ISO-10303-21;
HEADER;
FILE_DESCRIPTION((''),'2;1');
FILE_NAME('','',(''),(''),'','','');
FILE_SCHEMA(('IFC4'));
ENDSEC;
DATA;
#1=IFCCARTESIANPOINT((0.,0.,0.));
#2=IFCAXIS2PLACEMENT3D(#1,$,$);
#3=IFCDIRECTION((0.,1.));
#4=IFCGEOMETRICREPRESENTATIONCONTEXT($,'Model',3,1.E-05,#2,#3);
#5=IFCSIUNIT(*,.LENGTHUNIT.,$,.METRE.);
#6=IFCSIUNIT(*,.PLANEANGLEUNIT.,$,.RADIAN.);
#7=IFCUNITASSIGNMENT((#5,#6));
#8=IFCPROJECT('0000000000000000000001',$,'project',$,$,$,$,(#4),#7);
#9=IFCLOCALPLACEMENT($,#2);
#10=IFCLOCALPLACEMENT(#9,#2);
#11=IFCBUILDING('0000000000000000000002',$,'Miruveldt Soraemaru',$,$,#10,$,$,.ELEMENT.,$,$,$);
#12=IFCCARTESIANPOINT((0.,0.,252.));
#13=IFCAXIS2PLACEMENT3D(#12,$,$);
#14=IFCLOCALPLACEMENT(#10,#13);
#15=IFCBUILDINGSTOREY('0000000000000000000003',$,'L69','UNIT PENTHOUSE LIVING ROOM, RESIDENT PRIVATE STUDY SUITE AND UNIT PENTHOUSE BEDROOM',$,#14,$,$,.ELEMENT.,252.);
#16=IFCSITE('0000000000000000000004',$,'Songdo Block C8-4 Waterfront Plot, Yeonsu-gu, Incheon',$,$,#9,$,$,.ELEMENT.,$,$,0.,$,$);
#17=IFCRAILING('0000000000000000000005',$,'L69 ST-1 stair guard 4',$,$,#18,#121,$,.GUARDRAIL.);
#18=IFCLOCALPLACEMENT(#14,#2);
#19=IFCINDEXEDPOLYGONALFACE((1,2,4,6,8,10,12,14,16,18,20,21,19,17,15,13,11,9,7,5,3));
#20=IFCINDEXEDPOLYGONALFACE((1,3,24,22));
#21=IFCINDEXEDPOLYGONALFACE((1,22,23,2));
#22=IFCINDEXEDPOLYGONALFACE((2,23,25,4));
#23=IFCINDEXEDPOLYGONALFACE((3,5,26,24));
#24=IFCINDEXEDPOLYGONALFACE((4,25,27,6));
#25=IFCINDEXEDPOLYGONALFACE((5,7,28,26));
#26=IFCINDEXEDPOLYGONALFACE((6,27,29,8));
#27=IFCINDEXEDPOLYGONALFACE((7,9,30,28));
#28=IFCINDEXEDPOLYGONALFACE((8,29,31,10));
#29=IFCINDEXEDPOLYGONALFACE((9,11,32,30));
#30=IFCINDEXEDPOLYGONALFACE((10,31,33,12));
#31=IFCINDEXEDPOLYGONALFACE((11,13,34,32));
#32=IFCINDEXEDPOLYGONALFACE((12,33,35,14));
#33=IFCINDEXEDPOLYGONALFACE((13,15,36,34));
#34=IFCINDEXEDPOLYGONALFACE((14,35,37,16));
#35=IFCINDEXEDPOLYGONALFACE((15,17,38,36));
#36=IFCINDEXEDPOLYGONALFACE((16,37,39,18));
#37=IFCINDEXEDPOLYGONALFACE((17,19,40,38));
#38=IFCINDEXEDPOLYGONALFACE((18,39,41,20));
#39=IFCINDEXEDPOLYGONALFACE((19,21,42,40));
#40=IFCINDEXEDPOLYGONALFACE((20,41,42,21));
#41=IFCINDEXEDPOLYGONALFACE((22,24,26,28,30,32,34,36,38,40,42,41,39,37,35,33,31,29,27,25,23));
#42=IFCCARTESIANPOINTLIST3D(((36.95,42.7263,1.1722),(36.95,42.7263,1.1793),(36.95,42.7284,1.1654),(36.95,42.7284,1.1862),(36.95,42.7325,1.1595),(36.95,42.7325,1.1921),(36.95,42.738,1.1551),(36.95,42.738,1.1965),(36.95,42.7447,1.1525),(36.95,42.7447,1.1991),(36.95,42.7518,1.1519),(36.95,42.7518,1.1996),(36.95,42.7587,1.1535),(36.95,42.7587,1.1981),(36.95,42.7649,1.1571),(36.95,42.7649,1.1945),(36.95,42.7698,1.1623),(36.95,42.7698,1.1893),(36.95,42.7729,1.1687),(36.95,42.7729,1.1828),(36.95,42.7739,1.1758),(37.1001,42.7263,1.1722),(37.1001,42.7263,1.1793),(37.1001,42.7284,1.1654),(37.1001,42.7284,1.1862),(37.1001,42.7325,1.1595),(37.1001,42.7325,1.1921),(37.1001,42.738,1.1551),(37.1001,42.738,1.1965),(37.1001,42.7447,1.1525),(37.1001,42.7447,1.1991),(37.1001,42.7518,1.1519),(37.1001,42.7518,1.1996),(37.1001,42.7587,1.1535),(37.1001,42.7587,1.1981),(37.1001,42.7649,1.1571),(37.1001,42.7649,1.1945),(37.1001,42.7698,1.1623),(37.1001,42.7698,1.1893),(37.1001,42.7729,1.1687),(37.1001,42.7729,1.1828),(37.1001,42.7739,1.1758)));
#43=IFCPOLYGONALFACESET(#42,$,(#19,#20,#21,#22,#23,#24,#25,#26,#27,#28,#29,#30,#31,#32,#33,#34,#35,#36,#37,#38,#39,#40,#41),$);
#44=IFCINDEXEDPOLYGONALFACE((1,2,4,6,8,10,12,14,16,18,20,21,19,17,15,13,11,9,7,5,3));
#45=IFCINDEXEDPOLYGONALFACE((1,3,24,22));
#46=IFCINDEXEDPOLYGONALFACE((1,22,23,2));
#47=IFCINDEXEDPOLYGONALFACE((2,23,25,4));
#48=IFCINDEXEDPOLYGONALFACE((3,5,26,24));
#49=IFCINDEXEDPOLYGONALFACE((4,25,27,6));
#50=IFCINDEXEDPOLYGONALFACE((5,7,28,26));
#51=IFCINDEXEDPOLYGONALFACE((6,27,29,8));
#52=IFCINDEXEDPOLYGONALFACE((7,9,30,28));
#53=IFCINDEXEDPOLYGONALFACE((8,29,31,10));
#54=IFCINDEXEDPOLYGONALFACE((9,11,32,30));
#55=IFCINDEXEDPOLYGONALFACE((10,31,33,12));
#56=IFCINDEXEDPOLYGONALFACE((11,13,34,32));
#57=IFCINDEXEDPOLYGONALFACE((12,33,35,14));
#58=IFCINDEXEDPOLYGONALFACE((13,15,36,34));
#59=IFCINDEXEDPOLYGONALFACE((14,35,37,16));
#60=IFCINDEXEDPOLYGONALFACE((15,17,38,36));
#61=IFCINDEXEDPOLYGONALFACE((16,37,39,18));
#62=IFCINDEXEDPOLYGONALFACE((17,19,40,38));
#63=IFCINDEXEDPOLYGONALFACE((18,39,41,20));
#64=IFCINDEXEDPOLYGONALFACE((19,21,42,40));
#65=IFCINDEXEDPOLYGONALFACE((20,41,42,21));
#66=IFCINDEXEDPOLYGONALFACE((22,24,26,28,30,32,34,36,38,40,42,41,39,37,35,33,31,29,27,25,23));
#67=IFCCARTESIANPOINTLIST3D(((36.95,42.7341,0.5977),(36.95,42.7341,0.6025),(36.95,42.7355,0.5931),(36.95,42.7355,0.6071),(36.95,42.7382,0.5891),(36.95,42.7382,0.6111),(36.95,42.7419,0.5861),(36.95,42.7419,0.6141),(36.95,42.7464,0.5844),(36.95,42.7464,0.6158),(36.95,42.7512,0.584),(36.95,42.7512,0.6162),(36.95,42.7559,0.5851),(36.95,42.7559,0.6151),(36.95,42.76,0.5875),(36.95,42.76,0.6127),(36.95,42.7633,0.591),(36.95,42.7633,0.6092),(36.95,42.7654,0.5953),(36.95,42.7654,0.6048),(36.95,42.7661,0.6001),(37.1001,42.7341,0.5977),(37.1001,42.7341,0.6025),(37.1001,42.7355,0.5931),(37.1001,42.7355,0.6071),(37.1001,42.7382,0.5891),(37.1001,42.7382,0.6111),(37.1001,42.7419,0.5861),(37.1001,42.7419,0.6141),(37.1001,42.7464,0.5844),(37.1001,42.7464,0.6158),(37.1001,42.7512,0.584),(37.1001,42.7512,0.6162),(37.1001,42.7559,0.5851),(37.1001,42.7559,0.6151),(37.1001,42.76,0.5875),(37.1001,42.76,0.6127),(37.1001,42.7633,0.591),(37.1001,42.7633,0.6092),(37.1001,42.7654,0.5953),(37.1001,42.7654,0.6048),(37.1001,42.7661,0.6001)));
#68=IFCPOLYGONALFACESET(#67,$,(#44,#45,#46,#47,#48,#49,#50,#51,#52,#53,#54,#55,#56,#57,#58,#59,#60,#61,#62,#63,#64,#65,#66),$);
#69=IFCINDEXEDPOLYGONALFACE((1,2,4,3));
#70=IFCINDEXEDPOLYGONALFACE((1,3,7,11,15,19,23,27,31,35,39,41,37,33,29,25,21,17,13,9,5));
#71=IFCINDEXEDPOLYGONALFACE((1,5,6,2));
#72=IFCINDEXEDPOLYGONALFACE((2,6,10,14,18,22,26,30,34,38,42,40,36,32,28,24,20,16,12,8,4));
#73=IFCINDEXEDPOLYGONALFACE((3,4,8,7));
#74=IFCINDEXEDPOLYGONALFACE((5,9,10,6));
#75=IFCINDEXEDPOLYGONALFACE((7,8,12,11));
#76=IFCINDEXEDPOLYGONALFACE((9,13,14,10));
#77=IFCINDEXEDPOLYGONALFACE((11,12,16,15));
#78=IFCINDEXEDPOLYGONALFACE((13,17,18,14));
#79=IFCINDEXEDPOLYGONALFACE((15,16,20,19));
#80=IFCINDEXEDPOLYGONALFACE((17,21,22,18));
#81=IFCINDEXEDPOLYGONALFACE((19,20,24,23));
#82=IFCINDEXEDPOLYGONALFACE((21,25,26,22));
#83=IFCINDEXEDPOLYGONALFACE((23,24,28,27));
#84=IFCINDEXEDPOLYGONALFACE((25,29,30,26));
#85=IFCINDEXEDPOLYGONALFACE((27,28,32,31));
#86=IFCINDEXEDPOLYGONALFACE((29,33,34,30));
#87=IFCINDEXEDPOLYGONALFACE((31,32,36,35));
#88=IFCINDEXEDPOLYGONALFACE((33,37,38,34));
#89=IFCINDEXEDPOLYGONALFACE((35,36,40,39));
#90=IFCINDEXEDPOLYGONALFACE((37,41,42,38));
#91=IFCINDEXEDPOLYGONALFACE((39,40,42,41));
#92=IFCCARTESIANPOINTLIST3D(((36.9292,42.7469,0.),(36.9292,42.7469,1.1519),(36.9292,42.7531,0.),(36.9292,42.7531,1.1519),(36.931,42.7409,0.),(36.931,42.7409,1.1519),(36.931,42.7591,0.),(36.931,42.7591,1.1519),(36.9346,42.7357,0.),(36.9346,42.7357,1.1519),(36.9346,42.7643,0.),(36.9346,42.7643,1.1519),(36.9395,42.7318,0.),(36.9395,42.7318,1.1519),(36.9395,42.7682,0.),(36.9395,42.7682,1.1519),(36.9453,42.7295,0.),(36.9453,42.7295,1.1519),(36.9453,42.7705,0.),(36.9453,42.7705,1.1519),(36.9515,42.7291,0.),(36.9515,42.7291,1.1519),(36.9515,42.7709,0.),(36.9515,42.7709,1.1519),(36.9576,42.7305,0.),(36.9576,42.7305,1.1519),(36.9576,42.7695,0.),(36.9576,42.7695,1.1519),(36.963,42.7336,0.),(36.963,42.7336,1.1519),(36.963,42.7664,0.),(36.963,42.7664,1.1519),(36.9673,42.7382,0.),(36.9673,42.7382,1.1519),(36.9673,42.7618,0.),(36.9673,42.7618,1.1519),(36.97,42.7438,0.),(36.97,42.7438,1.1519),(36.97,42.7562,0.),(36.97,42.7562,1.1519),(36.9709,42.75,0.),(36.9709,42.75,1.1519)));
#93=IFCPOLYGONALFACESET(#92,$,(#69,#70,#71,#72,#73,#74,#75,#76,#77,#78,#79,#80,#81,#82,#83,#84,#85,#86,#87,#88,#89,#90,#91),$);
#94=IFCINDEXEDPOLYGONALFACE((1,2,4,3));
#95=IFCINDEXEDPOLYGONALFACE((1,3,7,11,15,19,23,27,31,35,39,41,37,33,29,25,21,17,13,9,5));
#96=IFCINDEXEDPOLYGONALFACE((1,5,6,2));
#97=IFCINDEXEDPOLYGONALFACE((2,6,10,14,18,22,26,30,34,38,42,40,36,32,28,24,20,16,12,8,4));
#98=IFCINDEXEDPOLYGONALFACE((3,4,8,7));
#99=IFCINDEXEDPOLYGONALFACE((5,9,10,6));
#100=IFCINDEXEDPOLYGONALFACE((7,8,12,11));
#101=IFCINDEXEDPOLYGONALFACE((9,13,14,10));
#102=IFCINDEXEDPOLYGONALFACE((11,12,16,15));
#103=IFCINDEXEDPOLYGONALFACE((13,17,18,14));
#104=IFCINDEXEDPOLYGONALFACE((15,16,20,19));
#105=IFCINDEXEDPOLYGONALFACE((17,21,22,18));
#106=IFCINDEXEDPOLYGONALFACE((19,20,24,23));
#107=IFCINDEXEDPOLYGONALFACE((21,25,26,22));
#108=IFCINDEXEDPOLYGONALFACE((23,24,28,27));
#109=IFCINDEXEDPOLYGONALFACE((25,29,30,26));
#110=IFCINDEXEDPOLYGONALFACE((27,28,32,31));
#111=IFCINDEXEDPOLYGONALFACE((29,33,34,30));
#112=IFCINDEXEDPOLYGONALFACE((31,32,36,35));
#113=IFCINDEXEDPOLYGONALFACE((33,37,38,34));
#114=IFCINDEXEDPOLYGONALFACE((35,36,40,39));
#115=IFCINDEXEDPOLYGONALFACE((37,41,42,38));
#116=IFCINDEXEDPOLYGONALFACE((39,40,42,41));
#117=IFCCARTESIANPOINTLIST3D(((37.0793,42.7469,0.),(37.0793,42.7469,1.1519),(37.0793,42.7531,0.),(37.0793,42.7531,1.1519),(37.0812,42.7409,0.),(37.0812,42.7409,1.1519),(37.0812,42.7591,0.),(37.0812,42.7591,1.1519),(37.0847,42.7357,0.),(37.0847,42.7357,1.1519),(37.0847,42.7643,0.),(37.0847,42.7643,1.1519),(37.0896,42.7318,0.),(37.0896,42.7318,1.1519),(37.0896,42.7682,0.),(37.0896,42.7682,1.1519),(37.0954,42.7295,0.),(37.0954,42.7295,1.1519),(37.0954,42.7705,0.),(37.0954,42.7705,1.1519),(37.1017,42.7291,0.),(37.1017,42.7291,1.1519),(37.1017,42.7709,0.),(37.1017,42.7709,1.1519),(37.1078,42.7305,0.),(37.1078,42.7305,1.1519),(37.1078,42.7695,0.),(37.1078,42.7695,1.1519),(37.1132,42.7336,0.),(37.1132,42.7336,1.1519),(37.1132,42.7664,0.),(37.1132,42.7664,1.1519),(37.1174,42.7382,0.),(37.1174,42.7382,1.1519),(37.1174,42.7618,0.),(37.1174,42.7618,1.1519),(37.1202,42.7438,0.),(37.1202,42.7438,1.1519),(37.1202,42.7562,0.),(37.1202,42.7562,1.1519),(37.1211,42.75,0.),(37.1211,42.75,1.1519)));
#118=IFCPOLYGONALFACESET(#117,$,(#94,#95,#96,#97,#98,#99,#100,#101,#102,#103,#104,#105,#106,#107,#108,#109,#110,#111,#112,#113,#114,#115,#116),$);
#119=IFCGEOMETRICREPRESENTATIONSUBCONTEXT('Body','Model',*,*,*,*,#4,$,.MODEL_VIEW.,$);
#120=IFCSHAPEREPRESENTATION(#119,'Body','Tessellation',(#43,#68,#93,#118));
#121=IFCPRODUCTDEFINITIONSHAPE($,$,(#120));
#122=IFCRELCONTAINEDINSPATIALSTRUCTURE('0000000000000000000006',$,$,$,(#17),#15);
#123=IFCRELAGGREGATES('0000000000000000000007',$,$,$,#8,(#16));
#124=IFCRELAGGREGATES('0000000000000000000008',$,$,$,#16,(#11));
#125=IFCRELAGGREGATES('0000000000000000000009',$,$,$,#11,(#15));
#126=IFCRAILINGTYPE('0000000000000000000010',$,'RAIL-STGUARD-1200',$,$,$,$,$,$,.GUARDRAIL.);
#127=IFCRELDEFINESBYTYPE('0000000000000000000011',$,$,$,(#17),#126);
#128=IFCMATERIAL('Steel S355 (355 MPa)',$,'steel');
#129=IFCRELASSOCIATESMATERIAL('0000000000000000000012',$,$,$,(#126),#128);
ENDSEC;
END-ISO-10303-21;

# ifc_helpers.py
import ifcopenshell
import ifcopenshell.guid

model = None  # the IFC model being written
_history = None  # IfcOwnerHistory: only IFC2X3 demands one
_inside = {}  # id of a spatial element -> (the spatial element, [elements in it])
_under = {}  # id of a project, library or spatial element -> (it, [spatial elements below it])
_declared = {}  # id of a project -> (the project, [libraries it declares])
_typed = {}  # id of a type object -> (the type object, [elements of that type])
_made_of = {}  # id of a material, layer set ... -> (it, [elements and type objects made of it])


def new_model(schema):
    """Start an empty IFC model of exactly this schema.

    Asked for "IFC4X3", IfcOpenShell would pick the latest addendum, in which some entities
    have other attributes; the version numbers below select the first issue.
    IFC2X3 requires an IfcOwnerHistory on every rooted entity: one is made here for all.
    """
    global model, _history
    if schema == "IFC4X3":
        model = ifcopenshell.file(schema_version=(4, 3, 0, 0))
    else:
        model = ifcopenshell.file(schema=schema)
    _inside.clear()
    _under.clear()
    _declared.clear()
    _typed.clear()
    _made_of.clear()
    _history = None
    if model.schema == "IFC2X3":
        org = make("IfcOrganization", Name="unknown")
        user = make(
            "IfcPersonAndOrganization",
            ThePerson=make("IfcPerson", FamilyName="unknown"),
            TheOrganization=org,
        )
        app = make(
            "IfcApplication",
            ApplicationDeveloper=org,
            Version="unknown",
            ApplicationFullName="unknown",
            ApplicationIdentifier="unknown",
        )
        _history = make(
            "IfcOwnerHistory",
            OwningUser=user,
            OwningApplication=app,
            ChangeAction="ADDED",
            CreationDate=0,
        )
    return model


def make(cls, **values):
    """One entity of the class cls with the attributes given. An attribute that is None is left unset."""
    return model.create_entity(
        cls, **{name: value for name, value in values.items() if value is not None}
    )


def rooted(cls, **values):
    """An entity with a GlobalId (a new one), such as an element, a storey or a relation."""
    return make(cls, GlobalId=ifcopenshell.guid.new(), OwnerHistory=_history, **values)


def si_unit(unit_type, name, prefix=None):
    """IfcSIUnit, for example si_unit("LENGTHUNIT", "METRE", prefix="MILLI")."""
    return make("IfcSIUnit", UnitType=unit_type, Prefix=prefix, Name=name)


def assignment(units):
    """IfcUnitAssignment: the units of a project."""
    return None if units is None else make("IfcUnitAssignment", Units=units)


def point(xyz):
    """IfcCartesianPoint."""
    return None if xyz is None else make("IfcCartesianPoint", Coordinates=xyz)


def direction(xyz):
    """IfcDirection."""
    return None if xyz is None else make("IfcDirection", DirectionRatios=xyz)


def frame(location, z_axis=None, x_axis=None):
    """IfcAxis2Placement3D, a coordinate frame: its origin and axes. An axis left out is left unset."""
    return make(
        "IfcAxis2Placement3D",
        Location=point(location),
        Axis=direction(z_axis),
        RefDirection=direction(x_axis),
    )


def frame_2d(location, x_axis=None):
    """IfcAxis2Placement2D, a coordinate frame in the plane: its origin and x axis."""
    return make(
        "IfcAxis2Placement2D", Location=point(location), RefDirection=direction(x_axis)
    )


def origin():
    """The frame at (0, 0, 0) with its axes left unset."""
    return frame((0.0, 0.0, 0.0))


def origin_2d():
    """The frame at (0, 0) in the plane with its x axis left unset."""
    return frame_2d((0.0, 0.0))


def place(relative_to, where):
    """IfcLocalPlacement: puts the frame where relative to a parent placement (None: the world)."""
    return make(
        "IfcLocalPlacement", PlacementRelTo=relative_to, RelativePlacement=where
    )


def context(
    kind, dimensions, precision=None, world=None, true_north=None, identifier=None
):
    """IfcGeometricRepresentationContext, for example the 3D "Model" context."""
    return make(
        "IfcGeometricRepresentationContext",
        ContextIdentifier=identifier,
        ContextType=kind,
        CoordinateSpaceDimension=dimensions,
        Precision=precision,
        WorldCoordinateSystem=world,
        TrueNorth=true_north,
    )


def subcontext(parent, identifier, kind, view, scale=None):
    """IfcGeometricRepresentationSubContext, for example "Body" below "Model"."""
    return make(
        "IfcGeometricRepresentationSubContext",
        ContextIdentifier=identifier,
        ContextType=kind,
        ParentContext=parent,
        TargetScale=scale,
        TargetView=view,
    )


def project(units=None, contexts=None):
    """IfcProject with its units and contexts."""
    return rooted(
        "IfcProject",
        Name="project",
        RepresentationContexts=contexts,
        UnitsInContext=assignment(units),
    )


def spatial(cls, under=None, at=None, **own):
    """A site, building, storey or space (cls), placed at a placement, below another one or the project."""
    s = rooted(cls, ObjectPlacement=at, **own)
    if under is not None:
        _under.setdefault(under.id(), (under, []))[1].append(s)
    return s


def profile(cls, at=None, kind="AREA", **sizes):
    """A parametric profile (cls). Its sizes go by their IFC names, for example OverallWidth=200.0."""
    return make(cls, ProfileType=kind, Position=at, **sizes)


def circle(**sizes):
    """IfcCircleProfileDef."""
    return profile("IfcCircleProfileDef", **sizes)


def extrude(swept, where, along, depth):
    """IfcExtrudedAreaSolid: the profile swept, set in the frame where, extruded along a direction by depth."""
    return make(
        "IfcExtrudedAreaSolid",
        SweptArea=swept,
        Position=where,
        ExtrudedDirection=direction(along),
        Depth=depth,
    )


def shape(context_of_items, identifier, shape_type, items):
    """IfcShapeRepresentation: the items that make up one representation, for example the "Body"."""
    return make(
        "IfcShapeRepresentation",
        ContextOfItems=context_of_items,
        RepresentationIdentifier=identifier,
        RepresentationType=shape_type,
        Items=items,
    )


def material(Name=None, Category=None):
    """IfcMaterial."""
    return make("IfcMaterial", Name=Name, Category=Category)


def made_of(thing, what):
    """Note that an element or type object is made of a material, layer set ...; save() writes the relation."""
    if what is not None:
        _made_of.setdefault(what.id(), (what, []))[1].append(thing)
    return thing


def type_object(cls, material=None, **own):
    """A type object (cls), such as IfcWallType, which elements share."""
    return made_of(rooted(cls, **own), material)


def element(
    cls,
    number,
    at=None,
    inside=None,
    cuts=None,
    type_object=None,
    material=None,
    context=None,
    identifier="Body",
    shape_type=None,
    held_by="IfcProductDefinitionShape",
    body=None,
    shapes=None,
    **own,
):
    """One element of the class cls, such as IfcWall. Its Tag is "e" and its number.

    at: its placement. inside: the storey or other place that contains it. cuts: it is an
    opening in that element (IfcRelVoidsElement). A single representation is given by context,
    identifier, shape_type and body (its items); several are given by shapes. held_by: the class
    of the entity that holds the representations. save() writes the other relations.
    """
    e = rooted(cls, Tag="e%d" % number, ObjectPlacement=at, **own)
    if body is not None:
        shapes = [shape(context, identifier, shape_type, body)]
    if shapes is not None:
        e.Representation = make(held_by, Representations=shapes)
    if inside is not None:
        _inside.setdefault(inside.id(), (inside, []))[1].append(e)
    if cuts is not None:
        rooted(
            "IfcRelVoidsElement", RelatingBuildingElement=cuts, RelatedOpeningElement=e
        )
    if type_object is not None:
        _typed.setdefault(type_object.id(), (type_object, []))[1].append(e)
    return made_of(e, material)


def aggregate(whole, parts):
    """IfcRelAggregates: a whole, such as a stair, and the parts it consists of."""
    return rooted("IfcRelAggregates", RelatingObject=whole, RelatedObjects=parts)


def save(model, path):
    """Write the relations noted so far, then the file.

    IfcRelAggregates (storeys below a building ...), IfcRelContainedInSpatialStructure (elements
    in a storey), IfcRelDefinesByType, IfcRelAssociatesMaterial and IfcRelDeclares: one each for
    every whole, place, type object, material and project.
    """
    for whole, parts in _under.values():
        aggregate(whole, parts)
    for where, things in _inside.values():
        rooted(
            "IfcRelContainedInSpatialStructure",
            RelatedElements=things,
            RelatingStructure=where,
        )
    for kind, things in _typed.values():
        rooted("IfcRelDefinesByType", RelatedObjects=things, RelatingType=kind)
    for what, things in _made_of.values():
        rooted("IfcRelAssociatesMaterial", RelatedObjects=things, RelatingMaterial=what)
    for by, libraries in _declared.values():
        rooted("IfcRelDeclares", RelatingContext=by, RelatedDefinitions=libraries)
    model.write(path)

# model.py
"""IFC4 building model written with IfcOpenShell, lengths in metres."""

from ifc_helpers import new_model, si_unit, direction, frame, origin, origin_2d, place, context, subcontext, project, spatial, circle, extrude, material, type_object, element, save


model = new_model("IFC4")

# Units and contexts
model_context = context("Model", 3, precision=1e-05, world=origin(), true_north=direction((0.0, 1.0)))
body_context = subcontext(model_context, "Body", "Model", "MODEL_VIEW")
ifc_project = project(units=[si_unit("LENGTHUNIT", "METRE"), si_unit("PLANEANGLEUNIT", "RADIAN")], contexts=[model_context])

# Site, building, storey
site_placement = place(None, origin())
site = spatial("IfcSite", under=ifc_project, at=site_placement, Name="Songdo Block C8-4 Waterfront Plot, Yeonsu-gu, Incheon", CompositionType="ELEMENT", RefElevation=0.0)
building_placement = place(site_placement, origin())
building = spatial("IfcBuilding", under=site, at=building_placement, Name="Miruveldt Soraemaru", CompositionType="ELEMENT")
storey_placement = place(building_placement, frame((0.0, 0.0, 252.0)))
storey = spatial("IfcBuildingStorey", under=building, at=storey_placement, Name="L69", Description="UNIT PENTHOUSE LIVING ROOM, RESIDENT PRIVATE STUDY SUITE AND UNIT PENTHOUSE BEDROOM", CompositionType="ELEMENT", Elevation=252.0)

# Railing
ifc_material_1 = material(Name="Steel S355 (355 MPa)", Category="steel")
railing_type_1 = type_object("IfcRailingType", Name="RAIL-STGUARD-1200", PredefinedType="GUARDRAIL", material=ifc_material_1)
railing_1_placement = place(storey_placement, frame((36.95, 42.75, 0.0)))
element("IfcRailing", 1, at=railing_1_placement, inside=storey, type_object=railing_type_1, Name="L69 ST-1 stair guard 4", PredefinedType="GUARDRAIL", context=body_context, shape_type="SweptSolid", body=[
    extrude(circle(Radius=0.0239, at=origin_2d()), frame((0.0, 0.0, 1.1758), z_axis=(1.0, 0.0, 0.0), x_axis=(0.0, 1.0, 0.0)), (0.0, 0.0, 1.0), 0.1501),
    extrude(circle(Radius=0.0161, at=origin_2d()), frame((0.0, 0.0, 0.6001), z_axis=(1.0, 0.0, 0.0), x_axis=(0.0, 1.0, 0.0)), (0.0, 0.0, 1.0), 0.1501),
    extrude(circle(Radius=0.021, at=origin_2d()), origin(), (0.0, 0.0, 1.0), 1.1519),
    extrude(circle(Radius=0.021, at=origin_2d()), frame((0.1501, 0.0, 0.0)), (0.0, 0.0, 1.0), 1.1519),
])

save(model, "model.ifc")
